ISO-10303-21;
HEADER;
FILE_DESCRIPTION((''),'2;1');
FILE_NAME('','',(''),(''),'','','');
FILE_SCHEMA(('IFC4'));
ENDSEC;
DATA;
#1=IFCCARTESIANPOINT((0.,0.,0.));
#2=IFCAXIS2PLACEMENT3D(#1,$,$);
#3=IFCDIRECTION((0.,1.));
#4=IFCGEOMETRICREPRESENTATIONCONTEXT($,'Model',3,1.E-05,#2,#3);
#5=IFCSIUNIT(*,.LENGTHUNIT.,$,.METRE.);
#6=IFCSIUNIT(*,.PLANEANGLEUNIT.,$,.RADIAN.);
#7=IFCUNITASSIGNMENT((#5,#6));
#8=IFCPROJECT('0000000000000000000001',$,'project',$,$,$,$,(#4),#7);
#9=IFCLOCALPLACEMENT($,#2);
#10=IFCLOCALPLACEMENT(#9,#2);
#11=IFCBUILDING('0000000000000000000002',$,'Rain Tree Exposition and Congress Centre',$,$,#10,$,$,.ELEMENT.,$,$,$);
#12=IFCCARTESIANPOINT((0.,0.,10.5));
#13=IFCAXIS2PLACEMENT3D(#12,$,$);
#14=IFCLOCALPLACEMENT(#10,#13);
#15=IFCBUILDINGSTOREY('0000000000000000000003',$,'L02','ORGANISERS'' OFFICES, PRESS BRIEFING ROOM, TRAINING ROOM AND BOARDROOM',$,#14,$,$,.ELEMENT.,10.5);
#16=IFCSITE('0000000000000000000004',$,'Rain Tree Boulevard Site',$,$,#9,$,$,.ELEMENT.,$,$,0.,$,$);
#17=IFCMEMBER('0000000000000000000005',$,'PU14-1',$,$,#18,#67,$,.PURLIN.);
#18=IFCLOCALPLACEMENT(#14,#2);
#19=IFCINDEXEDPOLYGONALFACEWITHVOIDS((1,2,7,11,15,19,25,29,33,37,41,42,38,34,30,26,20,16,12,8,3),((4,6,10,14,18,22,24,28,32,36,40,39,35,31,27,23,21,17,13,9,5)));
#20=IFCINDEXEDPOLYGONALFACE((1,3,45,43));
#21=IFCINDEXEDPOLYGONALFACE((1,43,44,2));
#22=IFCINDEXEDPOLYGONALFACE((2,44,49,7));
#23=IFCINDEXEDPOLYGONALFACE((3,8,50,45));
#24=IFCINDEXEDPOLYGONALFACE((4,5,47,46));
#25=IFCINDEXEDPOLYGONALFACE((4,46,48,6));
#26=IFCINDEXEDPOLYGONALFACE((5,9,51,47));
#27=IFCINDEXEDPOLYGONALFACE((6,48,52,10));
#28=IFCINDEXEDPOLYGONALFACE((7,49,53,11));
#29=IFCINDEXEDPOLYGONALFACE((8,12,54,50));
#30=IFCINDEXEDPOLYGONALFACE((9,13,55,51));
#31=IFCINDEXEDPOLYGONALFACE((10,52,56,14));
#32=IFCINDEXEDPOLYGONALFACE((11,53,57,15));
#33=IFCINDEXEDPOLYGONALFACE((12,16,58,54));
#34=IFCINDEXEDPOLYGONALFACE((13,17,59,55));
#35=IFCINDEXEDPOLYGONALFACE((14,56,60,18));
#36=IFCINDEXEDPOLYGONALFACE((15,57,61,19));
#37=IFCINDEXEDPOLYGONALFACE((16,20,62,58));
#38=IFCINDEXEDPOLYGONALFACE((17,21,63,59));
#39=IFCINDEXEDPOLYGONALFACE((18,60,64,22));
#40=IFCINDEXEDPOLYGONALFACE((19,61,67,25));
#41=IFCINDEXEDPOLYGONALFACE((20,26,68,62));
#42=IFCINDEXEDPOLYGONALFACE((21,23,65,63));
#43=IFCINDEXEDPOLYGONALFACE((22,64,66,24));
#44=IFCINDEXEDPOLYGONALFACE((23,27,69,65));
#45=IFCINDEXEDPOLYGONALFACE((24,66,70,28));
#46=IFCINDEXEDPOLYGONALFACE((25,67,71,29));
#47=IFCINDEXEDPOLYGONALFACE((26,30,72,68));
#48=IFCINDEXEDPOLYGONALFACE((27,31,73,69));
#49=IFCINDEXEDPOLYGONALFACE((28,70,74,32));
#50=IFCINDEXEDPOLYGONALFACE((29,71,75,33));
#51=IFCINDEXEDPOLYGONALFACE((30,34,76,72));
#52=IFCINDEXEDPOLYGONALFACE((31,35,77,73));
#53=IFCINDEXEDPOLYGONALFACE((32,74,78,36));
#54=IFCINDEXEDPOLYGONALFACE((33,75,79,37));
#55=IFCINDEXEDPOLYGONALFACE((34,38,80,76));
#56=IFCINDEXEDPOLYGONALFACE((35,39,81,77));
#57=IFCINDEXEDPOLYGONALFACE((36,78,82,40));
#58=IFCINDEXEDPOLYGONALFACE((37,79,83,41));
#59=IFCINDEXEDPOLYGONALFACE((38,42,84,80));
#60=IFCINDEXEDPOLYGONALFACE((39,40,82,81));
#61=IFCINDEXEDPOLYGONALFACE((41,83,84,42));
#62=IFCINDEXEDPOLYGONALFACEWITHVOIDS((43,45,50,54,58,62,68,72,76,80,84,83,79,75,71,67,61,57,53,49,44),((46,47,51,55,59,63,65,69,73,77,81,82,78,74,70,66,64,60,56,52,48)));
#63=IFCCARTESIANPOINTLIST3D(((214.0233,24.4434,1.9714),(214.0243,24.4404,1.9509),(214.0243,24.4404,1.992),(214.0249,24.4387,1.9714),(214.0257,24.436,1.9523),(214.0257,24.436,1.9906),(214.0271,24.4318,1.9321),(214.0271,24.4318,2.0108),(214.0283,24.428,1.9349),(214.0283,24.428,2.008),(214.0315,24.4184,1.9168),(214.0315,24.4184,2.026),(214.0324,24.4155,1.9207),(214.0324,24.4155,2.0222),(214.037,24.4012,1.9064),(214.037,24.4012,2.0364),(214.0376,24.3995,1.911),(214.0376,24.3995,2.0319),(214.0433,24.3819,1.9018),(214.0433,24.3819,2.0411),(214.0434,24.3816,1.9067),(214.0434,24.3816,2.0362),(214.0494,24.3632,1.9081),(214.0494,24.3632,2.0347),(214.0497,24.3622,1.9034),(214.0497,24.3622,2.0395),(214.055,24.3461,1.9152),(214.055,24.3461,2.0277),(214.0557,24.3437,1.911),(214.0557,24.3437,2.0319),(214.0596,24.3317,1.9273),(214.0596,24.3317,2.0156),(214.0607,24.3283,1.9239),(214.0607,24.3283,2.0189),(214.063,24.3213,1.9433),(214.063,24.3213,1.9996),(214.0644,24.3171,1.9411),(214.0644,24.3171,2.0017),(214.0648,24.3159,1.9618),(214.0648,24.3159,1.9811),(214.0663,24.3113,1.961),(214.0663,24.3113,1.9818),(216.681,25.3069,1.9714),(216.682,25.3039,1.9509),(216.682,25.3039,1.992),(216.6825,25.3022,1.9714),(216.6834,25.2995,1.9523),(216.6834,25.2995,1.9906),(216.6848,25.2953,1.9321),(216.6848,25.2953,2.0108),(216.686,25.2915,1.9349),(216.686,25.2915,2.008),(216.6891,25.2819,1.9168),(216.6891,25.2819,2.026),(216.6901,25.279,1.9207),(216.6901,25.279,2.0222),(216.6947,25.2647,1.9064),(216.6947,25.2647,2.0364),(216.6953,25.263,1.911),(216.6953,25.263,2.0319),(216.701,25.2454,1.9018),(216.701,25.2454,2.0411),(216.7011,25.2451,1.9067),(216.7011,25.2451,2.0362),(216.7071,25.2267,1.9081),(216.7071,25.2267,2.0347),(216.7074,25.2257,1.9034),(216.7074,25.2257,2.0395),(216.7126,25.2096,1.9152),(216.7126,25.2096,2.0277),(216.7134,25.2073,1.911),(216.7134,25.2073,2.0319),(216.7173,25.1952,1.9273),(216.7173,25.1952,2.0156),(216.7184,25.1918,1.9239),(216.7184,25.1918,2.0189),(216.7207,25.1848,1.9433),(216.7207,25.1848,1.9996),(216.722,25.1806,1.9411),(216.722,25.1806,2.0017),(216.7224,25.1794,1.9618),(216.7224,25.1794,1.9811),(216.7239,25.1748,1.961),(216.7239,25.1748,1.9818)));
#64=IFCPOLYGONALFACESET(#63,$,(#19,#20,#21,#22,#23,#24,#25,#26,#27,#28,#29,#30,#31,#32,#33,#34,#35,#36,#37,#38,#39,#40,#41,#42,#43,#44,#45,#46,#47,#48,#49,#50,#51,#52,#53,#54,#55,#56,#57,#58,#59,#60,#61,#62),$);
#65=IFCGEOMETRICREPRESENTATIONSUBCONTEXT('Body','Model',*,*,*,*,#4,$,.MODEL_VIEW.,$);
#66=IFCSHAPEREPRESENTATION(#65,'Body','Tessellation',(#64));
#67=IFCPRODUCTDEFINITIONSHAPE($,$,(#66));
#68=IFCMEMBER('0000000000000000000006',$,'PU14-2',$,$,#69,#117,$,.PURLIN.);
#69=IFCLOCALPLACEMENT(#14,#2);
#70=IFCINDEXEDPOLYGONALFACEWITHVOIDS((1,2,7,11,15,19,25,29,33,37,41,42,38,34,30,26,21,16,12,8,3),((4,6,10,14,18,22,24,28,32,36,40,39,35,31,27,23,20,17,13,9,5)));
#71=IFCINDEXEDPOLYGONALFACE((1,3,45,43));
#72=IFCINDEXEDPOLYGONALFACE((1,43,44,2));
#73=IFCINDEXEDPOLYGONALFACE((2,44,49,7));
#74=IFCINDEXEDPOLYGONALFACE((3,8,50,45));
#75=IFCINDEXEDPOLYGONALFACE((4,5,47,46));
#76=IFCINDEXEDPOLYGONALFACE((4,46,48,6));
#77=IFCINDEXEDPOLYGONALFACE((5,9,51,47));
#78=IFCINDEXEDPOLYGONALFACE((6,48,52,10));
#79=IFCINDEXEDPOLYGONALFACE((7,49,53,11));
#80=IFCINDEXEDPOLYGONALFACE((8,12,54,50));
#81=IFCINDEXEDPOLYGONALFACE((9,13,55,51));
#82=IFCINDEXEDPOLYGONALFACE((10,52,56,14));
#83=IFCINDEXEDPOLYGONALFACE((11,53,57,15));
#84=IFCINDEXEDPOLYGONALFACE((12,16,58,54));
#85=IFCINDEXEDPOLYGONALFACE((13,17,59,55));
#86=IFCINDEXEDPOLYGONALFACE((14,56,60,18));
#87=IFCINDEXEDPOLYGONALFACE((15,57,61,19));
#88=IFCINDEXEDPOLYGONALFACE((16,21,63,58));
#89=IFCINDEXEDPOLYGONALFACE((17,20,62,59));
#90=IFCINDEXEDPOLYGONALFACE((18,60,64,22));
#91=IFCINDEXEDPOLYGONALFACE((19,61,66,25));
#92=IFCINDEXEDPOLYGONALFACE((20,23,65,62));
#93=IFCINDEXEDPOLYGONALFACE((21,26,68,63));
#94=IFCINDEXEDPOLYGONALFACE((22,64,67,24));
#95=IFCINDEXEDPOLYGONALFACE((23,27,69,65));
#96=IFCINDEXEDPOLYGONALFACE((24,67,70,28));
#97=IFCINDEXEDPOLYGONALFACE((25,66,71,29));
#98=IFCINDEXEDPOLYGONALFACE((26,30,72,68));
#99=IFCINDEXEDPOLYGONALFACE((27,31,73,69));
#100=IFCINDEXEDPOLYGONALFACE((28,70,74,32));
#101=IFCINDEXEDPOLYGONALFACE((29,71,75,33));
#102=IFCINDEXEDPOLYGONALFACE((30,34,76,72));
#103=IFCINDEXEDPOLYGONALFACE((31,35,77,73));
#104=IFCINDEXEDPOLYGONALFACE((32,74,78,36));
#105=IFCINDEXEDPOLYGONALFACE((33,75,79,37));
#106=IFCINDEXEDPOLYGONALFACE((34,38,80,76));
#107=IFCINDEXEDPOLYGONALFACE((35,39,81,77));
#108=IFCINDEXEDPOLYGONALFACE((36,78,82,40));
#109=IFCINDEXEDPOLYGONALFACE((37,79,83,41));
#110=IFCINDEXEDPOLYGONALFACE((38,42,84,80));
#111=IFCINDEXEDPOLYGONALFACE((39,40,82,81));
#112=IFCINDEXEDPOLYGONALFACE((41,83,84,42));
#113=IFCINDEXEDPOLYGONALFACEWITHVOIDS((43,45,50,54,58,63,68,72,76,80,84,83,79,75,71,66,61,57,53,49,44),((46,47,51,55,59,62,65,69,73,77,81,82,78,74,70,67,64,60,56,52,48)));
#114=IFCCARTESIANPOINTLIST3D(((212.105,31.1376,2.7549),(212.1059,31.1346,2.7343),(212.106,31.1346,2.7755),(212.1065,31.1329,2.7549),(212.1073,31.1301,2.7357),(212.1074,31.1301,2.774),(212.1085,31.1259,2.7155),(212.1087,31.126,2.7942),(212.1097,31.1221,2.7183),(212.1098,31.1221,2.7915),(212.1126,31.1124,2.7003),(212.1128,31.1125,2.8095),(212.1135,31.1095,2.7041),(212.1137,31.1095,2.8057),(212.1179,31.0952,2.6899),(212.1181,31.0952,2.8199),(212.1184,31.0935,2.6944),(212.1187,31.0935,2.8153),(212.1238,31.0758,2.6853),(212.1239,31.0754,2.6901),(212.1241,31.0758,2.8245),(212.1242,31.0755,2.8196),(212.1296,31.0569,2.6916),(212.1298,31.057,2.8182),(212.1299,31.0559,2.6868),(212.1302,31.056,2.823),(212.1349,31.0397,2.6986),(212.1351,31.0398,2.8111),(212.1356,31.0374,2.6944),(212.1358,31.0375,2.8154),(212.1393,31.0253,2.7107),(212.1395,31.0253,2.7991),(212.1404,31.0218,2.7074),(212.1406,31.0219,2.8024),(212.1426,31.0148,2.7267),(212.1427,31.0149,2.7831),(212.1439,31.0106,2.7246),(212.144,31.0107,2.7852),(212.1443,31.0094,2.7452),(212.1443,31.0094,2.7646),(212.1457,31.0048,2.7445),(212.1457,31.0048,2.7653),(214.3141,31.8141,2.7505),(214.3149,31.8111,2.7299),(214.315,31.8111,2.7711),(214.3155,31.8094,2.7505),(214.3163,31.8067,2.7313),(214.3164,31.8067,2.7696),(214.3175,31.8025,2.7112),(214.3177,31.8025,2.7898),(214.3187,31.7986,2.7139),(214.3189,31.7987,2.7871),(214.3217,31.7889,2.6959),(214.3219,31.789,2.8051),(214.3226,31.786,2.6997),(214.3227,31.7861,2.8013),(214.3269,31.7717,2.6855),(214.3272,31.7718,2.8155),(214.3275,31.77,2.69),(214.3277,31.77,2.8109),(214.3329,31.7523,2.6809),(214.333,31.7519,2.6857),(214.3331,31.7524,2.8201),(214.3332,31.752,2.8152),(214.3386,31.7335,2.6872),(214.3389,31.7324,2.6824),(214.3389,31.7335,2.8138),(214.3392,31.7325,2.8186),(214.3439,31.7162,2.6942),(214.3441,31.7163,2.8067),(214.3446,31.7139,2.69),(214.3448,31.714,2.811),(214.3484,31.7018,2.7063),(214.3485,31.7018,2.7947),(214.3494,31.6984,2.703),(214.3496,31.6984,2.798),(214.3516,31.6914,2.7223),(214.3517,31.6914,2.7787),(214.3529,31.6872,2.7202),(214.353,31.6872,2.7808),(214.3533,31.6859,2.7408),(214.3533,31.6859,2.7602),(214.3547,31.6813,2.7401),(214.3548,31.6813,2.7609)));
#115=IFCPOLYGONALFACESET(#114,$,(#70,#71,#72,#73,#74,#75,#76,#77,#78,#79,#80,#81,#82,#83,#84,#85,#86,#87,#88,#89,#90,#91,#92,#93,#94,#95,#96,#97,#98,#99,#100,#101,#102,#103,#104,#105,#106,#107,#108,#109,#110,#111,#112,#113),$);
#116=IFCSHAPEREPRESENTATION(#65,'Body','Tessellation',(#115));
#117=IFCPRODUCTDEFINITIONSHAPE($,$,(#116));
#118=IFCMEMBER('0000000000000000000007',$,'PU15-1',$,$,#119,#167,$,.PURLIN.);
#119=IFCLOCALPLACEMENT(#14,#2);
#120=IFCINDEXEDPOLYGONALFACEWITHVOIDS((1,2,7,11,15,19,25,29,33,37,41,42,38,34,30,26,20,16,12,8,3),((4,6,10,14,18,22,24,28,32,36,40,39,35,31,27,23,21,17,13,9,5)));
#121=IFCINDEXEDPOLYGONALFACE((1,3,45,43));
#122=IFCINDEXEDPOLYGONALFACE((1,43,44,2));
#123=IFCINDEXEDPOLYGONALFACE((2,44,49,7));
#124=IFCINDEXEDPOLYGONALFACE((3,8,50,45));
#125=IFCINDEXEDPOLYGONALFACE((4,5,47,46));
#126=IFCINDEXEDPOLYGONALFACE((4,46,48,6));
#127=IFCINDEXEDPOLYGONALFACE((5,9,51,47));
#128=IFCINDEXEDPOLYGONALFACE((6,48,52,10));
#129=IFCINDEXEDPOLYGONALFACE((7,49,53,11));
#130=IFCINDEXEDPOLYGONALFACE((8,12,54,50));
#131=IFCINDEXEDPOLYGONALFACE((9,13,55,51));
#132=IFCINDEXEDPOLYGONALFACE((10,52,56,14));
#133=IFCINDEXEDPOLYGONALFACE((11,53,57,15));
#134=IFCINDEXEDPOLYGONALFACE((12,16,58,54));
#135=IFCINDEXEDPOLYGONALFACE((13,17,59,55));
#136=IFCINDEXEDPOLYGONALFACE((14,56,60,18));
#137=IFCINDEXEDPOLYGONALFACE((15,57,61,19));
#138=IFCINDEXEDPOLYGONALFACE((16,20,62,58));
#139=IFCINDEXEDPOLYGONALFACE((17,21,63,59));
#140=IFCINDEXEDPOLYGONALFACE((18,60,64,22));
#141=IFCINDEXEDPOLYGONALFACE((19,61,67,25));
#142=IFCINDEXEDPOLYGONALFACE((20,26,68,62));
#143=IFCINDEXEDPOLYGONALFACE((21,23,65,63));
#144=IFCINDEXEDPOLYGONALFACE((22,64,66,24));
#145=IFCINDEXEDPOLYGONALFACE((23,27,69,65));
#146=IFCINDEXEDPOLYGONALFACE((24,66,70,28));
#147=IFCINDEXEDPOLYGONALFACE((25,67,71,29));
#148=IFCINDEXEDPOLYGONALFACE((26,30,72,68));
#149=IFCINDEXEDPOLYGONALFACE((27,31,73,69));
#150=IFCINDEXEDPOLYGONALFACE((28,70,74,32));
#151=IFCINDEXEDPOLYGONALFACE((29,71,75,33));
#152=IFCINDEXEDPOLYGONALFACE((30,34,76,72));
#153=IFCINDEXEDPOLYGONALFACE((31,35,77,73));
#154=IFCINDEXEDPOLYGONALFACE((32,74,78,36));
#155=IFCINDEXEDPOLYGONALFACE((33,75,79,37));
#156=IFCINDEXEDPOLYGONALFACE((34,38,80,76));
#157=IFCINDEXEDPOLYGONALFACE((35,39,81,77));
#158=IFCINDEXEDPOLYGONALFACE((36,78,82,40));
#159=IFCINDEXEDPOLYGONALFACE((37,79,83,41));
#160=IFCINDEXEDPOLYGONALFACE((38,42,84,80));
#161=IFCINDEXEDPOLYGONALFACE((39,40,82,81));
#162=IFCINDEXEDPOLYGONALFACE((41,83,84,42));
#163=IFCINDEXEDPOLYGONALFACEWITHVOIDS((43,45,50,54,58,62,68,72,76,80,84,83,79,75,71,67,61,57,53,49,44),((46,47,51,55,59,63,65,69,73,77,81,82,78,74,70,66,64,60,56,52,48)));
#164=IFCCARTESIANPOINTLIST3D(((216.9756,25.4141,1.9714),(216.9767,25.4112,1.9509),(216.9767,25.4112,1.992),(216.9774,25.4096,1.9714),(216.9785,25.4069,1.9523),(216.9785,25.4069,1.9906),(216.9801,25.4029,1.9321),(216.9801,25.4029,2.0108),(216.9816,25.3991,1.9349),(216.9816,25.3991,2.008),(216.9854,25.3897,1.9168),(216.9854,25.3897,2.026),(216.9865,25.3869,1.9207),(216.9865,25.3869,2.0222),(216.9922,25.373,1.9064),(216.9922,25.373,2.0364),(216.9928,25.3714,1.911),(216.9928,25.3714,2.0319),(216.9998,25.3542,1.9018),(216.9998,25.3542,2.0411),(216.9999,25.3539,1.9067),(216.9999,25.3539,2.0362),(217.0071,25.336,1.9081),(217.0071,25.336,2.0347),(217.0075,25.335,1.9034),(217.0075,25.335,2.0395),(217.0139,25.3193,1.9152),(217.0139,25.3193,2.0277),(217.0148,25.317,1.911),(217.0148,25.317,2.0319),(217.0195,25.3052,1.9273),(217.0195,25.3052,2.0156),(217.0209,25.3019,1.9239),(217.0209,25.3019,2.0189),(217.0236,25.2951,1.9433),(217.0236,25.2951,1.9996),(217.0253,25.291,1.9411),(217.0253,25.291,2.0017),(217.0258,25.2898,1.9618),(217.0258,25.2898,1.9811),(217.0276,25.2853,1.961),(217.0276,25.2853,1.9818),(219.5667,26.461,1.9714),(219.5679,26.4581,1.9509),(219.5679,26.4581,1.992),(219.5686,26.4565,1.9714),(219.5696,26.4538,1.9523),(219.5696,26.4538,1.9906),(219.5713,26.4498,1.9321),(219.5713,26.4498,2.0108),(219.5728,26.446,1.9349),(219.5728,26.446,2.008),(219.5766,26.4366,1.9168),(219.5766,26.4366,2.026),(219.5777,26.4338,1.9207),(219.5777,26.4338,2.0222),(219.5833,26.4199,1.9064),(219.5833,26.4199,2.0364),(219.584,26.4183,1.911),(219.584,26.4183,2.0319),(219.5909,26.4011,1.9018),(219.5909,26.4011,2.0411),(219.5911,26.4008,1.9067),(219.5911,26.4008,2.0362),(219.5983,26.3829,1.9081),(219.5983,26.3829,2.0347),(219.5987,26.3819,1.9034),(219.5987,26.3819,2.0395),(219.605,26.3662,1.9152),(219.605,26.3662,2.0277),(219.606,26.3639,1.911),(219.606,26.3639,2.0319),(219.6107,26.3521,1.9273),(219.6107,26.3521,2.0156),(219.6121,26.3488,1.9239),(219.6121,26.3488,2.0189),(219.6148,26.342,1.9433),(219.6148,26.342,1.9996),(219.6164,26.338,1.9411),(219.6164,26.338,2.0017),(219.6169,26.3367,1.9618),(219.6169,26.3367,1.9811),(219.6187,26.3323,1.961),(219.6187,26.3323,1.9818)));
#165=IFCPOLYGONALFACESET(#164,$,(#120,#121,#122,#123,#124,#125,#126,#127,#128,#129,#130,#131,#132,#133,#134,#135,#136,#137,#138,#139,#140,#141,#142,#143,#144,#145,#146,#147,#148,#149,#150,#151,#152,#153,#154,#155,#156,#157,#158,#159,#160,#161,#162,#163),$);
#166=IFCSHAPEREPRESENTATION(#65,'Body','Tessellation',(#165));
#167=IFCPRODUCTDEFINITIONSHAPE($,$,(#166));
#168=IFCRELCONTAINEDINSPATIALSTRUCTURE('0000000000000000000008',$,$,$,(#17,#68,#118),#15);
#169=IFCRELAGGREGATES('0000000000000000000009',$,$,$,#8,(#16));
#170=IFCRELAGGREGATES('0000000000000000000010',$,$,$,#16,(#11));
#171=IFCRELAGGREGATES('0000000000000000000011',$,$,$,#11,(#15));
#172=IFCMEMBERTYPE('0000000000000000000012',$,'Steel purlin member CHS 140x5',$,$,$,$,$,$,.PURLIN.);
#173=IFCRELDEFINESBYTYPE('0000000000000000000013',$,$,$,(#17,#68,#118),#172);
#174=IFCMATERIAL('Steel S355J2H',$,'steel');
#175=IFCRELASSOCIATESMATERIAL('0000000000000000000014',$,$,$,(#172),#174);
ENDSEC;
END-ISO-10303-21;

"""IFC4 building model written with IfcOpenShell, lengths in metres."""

from ifc_helpers import new_model, si_unit, direction, frame, origin, origin_2d, place, context, subcontext, project, spatial, hollow_circle, extrude, material, material_profile, profile_set, type_object, element, save


model = new_model("IFC4")

# Units and contexts
model_context = context("Model", 3, precision=1e-05, world=origin(), true_north=direction((0.0, 1.0)))
body_context = subcontext(model_context, "Body", "Model", "MODEL_VIEW")
ifc_project = project(units=[si_unit("LENGTHUNIT", "METRE"), si_unit("PLANEANGLEUNIT", "RADIAN")], contexts=[model_context])

# Site, building, storey
site_placement = place(None, origin())
site = spatial("IfcSite", under=ifc_project, at=site_placement, Name="Rain Tree Boulevard Site", CompositionType="ELEMENT", RefElevation=0.0)
building_placement = place(site_placement, origin())
building = spatial("IfcBuilding", under=site, at=building_placement, Name="Rain Tree Exposition and Congress Centre", CompositionType="ELEMENT")
storey_placement = place(building_placement, frame((0.0, 0.0, 10.5)))
storey = spatial("IfcBuildingStorey", under=building, at=storey_placement, Name="L02", Description="ORGANISERS' OFFICES, PRESS BRIEFING ROOM, TRAINING ROOM AND BOARDROOM", CompositionType="ELEMENT", Elevation=10.5)

# Members
ifc_material_1 = material(Name="Steel S355J2H", Category="steel")
ifc_material_profile_1 = material_profile(ifc_material_1, hollow_circle(Radius=0.0698, WallThickness=0.0049, at=origin_2d()), Name="CHS 140x5")
ifc_profile_set_1 = profile_set([ifc_material_profile_1], Name="Steel S355J2H")
member_type_1 = type_object("IfcMemberType", Name="Steel purlin member CHS 140x5", PredefinedType="PURLIN", material=ifc_profile_set_1)
member_1_placement = place(storey_placement, frame((214.0449, 24.377, 1.9714), z_axis=(0.951058, 0.309011, 0.0), x_axis=(-0.309011, 0.951058, 0.0)))
element("IfcMember", 1, at=member_1_placement, inside=storey, type_object=member_type_1, Name="PU14-1", PredefinedType="PURLIN", context=body_context, shape_type="SweptSolid", body=[
    extrude(hollow_circle(Radius=0.0698, WallThickness=0.0049, at=origin_2d()), origin(), (0.0, 0.0, 1.0), 2.7944),
])
member_2_placement = place(storey_placement, frame((212.1255, 31.0708, 2.7549), z_axis=(0.956163, 0.29283, -0.001902), x_axis=(-0.292831, 0.956164, 0.0)))
element("IfcMember", 2, at=member_2_placement, inside=storey, type_object=member_type_1, Name="PU14-2", PredefinedType="PURLIN", context=body_context, shape_type="SweptSolid", body=[
    extrude(hollow_circle(Radius=0.0698, WallThickness=0.0049, at=origin_2d()), origin(), (0.0, 0.0, 1.0), 2.3103),
])
member_3_placement = place(storey_placement, frame((217.0017, 25.3494, 1.9714), z_axis=(0.927182, 0.374612, 0.0), x_axis=(-0.374612, 0.927182, 0.0)))
element("IfcMember", 3, at=member_3_placement, inside=storey, type_object=member_type_1, Name="PU15-1", PredefinedType="PURLIN", context=body_context, shape_type="SweptSolid", body=[
    extrude(hollow_circle(Radius=0.0698, WallThickness=0.0049, at=origin_2d()), origin(), (0.0, 0.0, 1.0), 2.7947),
])

save(model, "model.ifc")
